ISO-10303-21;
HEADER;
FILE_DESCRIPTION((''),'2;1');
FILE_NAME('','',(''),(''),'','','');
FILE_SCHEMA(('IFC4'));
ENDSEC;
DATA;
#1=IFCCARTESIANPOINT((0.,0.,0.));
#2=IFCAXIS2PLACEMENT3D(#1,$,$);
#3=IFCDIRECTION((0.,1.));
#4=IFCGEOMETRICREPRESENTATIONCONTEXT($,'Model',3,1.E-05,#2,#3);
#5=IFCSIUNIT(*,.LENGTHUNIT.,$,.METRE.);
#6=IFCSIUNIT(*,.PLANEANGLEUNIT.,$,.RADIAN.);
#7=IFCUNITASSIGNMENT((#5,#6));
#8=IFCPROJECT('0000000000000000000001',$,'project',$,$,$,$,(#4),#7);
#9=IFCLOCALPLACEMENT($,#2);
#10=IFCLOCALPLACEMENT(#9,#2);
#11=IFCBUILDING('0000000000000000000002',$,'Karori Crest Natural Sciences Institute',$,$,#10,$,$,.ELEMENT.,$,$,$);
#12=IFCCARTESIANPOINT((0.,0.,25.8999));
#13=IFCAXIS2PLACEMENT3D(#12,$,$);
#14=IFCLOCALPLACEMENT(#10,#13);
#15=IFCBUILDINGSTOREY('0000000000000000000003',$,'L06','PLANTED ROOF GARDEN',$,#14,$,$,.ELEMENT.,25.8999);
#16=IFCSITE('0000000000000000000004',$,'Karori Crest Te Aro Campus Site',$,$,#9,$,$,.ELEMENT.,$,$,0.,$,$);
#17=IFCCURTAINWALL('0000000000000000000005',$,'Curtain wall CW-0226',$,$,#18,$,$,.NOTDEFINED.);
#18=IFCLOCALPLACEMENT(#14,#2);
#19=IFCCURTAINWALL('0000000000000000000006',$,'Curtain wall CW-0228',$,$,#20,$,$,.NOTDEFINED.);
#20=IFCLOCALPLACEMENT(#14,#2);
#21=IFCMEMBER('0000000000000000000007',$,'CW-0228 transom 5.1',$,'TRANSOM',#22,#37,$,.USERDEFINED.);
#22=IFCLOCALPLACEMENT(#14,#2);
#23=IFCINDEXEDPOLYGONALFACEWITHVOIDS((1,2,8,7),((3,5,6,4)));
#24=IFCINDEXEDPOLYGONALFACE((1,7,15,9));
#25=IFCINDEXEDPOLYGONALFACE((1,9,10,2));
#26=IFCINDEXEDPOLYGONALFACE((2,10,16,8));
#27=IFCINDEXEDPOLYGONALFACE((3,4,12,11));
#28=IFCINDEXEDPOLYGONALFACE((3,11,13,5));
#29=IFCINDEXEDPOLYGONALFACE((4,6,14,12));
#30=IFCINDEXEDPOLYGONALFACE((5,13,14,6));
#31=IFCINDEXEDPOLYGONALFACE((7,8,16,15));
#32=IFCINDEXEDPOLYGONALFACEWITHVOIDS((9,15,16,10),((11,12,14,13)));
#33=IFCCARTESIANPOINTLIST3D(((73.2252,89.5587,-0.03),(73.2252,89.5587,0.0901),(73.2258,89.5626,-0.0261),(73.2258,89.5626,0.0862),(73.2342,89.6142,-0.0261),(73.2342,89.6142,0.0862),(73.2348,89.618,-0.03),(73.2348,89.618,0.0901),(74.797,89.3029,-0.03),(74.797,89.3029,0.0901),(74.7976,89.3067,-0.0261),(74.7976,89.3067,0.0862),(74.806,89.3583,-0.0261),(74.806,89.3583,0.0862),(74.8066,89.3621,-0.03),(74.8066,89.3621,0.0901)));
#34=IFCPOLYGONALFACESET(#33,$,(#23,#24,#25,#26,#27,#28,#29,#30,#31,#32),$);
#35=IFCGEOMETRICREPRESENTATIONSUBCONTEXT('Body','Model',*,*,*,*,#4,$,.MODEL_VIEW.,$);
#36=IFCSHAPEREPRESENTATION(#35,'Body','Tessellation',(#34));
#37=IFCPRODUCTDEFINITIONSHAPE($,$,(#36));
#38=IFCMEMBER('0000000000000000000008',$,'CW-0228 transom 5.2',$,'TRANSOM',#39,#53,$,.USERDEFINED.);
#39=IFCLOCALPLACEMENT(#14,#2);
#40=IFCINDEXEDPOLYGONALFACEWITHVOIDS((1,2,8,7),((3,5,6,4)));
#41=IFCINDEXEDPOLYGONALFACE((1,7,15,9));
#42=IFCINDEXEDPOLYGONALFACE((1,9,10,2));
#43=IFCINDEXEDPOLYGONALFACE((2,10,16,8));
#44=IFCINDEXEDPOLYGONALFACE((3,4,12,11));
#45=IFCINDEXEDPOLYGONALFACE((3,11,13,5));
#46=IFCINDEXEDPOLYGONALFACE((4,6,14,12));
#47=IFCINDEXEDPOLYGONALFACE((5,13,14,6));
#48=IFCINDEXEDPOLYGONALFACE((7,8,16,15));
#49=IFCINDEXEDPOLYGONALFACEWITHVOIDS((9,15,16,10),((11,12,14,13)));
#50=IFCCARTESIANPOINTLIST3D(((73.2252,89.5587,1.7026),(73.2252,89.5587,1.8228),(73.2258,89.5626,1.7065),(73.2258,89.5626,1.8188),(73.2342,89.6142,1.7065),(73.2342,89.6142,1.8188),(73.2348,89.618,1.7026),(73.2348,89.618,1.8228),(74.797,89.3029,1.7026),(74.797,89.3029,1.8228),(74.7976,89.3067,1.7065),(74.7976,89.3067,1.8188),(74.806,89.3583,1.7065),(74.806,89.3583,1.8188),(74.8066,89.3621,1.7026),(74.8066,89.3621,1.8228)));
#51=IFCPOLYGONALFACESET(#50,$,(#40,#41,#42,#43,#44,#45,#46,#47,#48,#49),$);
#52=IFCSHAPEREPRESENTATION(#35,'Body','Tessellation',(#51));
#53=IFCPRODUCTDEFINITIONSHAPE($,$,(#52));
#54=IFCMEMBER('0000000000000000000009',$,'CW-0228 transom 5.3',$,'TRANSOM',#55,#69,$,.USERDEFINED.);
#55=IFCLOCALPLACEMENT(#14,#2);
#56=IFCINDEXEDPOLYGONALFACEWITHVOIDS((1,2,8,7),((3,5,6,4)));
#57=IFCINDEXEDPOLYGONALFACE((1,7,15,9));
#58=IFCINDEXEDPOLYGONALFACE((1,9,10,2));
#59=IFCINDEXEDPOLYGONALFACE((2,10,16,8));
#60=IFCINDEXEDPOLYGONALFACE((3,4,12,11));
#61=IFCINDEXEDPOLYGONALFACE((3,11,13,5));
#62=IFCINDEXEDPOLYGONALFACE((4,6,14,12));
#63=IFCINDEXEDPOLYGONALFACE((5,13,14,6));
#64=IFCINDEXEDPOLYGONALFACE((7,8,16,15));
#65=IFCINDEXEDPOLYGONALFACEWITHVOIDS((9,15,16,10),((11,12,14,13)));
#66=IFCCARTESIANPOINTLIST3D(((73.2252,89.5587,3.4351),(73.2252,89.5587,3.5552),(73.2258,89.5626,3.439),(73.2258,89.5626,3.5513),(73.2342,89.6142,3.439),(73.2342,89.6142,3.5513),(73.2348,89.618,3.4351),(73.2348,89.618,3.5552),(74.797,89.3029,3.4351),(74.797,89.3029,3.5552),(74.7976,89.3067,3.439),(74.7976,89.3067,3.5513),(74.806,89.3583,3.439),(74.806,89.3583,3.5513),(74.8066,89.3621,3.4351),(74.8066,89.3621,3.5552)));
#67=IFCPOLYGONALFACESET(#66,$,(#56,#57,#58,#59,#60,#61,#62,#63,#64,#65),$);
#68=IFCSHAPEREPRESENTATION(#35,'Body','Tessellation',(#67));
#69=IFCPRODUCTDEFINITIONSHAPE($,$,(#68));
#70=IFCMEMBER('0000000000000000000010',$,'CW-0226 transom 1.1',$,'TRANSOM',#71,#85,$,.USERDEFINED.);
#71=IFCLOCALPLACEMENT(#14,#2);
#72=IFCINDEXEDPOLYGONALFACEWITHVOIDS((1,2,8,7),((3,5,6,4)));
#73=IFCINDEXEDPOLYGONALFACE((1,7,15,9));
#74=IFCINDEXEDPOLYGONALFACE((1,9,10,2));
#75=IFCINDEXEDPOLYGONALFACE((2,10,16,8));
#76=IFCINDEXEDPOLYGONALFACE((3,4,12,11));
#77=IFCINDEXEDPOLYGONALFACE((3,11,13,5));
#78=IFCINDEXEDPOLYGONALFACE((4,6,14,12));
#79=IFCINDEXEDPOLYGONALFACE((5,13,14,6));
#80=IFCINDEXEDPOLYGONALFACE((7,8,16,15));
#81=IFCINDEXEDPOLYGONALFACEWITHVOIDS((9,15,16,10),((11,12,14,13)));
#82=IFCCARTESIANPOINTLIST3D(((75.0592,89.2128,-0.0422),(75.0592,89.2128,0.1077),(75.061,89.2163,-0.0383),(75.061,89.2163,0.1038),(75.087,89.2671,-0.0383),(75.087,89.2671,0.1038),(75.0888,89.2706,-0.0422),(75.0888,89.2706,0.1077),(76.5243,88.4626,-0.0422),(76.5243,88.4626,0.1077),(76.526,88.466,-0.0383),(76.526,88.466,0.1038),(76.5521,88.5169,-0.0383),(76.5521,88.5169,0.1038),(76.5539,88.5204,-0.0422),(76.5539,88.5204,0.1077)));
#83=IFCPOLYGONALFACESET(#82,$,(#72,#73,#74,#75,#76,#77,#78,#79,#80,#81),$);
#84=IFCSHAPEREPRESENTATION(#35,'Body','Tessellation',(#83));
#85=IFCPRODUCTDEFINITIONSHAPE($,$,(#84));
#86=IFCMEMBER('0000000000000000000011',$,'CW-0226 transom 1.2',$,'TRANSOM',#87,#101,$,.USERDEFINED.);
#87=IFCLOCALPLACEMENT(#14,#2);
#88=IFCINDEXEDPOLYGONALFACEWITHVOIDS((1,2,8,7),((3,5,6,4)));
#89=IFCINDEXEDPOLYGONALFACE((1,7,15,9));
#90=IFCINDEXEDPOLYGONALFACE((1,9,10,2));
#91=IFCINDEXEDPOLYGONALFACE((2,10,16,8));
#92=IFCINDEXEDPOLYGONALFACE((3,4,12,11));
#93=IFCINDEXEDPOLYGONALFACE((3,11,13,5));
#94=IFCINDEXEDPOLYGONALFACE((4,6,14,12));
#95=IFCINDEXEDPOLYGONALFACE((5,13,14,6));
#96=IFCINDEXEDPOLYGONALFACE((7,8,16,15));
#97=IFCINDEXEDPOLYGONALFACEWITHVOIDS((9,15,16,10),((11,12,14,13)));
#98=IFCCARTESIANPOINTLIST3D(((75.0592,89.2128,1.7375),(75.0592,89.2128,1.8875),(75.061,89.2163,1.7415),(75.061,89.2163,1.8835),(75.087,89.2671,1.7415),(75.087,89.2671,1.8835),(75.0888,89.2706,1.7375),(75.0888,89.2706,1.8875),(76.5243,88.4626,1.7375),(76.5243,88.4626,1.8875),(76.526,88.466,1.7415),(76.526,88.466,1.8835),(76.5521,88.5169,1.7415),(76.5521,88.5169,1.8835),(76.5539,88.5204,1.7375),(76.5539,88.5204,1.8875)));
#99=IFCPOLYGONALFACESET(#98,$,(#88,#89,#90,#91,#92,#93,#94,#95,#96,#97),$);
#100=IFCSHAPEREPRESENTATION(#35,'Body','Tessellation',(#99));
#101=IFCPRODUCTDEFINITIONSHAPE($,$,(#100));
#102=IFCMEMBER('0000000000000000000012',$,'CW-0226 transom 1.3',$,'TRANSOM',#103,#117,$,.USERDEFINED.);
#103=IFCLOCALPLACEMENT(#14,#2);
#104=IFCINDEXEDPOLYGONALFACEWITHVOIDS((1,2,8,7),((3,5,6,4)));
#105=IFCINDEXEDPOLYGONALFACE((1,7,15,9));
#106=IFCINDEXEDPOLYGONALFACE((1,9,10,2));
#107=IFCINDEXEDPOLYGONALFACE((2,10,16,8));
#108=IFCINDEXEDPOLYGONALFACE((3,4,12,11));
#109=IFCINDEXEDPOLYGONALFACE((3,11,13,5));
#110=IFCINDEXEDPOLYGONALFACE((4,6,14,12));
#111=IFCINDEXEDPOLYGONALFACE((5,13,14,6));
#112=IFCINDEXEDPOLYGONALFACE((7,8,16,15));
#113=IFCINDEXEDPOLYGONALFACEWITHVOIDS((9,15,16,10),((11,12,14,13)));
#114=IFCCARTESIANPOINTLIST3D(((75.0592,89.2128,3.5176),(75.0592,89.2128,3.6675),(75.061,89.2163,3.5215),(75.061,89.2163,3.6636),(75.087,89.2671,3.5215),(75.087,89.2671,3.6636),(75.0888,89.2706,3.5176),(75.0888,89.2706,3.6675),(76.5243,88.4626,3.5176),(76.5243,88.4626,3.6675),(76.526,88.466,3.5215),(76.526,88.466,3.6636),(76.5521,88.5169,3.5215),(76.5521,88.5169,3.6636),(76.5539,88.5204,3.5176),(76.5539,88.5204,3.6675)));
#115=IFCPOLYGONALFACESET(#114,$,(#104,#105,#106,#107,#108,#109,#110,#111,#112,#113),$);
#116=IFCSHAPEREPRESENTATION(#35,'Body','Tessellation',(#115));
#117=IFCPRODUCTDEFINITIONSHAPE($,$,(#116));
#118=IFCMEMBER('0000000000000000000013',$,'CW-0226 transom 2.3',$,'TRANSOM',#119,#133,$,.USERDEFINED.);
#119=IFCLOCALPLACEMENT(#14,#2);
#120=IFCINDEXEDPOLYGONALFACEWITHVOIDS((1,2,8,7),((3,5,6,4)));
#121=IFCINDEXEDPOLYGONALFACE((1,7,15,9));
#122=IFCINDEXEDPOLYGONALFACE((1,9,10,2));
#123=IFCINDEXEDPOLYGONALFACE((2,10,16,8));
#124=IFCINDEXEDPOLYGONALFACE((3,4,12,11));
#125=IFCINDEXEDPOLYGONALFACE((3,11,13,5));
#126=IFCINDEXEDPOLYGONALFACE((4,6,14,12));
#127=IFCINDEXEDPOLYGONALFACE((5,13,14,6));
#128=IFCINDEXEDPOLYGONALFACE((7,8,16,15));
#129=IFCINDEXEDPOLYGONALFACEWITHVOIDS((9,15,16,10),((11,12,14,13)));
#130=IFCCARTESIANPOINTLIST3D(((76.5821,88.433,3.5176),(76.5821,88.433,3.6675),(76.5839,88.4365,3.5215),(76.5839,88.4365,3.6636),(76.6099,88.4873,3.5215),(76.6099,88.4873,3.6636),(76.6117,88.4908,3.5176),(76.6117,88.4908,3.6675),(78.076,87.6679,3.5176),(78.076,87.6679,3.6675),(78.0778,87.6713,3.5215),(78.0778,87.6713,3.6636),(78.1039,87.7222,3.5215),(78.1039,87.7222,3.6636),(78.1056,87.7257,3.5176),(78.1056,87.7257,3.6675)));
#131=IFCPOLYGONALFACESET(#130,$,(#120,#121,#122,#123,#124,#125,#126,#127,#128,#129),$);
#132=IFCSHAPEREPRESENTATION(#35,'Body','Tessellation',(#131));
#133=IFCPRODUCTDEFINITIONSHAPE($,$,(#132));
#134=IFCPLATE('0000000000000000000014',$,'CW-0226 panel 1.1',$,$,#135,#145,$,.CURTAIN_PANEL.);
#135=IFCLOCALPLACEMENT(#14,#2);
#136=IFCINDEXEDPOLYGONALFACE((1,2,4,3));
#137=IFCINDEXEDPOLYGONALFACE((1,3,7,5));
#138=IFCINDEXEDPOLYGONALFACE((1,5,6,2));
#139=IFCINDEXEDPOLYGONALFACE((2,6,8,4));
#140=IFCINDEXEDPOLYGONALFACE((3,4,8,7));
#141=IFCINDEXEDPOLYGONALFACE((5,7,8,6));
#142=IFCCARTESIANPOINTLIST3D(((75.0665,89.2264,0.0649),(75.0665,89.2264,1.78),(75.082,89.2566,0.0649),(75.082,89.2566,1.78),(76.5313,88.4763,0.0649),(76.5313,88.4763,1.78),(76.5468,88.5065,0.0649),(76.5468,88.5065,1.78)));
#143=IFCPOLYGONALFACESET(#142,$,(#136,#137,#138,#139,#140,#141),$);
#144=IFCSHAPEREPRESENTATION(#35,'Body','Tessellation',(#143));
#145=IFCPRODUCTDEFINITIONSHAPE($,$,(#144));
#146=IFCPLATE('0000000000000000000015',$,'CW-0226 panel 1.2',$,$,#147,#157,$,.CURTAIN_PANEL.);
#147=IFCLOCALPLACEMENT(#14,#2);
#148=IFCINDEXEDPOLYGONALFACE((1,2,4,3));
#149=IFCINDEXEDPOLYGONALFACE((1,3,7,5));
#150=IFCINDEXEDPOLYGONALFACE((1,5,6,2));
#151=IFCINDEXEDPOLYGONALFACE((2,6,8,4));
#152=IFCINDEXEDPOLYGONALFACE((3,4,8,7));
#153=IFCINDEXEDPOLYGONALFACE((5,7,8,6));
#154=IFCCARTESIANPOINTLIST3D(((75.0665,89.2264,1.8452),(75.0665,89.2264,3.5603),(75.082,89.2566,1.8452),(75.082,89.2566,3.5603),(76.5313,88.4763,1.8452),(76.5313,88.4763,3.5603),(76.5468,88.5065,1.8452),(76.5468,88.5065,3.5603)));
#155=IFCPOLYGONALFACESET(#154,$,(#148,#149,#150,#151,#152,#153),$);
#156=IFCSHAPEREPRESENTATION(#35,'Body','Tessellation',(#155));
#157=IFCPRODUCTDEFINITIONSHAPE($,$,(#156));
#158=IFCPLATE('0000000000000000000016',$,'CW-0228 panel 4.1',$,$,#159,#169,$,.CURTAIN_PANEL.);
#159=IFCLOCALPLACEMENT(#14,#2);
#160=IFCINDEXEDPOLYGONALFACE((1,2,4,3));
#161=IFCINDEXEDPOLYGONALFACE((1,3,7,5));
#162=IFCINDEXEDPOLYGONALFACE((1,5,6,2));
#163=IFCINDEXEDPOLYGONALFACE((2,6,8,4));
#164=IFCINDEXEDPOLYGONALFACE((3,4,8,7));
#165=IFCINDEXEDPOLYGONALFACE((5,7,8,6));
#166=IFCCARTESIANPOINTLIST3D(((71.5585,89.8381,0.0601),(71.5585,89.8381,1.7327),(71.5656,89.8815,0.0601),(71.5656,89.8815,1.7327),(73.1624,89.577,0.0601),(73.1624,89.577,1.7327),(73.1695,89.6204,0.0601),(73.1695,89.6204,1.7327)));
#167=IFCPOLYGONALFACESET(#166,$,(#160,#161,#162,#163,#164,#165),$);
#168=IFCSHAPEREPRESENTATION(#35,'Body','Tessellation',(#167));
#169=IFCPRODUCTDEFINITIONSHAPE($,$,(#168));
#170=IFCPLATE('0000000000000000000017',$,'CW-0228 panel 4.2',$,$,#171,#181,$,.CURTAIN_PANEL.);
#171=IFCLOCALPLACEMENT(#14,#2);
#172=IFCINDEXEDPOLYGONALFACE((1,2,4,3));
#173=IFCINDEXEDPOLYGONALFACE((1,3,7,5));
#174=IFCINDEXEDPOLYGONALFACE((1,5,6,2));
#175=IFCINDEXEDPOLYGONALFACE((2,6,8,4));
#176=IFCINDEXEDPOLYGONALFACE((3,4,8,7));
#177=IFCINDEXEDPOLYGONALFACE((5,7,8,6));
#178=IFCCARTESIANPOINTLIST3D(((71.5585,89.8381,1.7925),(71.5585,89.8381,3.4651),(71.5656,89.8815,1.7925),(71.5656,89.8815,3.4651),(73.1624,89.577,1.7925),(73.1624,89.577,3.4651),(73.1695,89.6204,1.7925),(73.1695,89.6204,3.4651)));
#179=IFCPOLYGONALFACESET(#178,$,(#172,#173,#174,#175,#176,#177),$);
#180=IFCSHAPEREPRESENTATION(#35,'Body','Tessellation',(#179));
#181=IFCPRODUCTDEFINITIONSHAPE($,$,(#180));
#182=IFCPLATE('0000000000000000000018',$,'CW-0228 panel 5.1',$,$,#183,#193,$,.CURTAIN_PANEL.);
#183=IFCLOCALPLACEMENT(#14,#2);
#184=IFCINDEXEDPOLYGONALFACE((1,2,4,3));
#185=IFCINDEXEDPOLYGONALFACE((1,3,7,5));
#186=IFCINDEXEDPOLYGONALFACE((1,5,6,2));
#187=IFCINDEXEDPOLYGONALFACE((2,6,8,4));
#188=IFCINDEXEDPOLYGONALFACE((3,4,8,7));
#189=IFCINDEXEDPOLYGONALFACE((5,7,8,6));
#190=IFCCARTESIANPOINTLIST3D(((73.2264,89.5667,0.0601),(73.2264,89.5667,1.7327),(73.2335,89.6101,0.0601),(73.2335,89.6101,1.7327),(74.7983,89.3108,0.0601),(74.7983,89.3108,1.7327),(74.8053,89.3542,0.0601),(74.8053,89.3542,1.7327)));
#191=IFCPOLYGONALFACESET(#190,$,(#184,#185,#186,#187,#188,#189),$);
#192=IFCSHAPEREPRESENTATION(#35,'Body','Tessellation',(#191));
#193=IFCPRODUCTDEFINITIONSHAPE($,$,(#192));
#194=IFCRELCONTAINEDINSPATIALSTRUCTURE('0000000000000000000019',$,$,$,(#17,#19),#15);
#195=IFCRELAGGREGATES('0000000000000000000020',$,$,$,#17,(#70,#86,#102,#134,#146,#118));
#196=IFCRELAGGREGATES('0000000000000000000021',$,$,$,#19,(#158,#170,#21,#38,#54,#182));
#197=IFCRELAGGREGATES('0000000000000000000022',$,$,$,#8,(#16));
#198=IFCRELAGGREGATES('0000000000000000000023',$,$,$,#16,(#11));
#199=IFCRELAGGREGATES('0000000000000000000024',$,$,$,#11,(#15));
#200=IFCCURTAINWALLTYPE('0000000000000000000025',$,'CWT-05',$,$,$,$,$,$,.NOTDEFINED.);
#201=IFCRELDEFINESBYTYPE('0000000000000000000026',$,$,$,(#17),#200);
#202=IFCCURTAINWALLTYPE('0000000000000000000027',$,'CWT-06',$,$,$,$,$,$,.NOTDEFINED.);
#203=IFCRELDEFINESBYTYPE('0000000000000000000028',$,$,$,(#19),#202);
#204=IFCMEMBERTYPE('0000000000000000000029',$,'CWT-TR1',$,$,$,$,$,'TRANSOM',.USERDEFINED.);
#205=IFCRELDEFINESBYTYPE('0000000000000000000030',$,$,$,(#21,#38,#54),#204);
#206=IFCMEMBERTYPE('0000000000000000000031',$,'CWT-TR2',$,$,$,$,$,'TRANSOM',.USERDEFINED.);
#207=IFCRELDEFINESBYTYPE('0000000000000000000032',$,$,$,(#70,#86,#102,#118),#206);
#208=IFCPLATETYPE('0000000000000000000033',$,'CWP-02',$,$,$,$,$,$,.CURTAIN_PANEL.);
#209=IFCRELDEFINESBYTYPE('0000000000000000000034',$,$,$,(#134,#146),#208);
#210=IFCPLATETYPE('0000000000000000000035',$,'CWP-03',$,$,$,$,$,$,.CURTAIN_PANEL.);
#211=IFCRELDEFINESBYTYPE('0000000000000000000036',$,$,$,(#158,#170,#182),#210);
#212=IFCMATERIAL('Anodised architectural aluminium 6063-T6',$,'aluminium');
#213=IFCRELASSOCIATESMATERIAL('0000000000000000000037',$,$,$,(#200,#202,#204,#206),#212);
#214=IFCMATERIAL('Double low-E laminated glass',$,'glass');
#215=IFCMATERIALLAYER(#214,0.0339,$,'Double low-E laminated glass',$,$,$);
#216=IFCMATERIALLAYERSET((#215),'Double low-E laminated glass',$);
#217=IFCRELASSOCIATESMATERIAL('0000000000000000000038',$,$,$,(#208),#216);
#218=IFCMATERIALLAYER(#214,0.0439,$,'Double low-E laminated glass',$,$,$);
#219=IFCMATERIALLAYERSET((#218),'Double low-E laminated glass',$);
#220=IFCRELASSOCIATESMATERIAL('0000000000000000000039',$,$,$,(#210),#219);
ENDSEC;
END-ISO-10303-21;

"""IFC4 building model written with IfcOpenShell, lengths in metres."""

from ifc_helpers import new_model, si_unit, direction, frame, origin, origin_2d, place, context, subcontext, project, spatial, rectangle, hollow_rectangle, extrude, material, layer, layer_set, material_profile, profile_set, type_object, element, aggregate, save


model = new_model("IFC4")

# Units and contexts
model_context = context("Model", 3, precision=1e-05, world=origin(), true_north=direction((0.0, 1.0)))
body_context = subcontext(model_context, "Body", "Model", "MODEL_VIEW")
ifc_project = project(units=[si_unit("LENGTHUNIT", "METRE"), si_unit("PLANEANGLEUNIT", "RADIAN")], contexts=[model_context])

# Site, building, storey
site_placement = place(None, origin())
site = spatial("IfcSite", under=ifc_project, at=site_placement, Name="Karori Crest Te Aro Campus Site", CompositionType="ELEMENT", RefElevation=0.0)
building_placement = place(site_placement, origin())
building = spatial("IfcBuilding", under=site, at=building_placement, Name="Karori Crest Natural Sciences Institute", CompositionType="ELEMENT")
storey_placement = place(building_placement, frame((0.0, 0.0, 25.8999)))
storey = spatial("IfcBuildingStorey", under=building, at=storey_placement, Name="L06", Description="PLANTED ROOF GARDEN", CompositionType="ELEMENT", Elevation=25.8999)

# Curtain walls, members
ifc_material_1 = material(Name="Anodised architectural aluminium 6063-T6", Category="aluminium")
curtain_wall_type_1 = type_object("IfcCurtainWallType", Name="CWT-05", PredefinedType="NOTDEFINED", material=ifc_material_1)
curtain_wall_1_placement = place(storey_placement, origin())
curtain_wall_1 = element("IfcCurtainWall", 1, at=curtain_wall_1_placement, inside=storey, type_object=curtain_wall_type_1, Name="Curtain wall CW-0226", PredefinedType="NOTDEFINED")
curtain_wall_type_2 = type_object("IfcCurtainWallType", Name="CWT-06", PredefinedType="NOTDEFINED", material=ifc_material_1)
curtain_wall_2_placement = place(storey_placement, origin())
curtain_wall_2 = element("IfcCurtainWall", 2, at=curtain_wall_2_placement, inside=storey, type_object=curtain_wall_type_2, Name="Curtain wall CW-0228", PredefinedType="NOTDEFINED")
ifc_material_profile_1 = material_profile(ifc_material_1, hollow_rectangle(XDim=0.0601, YDim=0.1201, WallThickness=0.0039, at=origin_2d()), Name="CWT120x60x4")
ifc_profile_set_1 = profile_set([ifc_material_profile_1], Name="Anodised architectural aluminium 6063-T6")
member_type_1 = type_object("IfcMemberType", Name="CWT-TR1", ElementType="TRANSOM", PredefinedType="USERDEFINED", material=ifc_profile_set_1)
member_1_placement = place(storey_placement, frame((73.23, 89.5884, 0.03), z_axis=(0.987008, -0.160669, 0.0), x_axis=(0.160669, 0.987008, 0.0)))
member_1 = element("IfcMember", 3, at=member_1_placement, type_object=member_type_1, Name="CW-0228 transom 5.1", ObjectType="TRANSOM", PredefinedType="USERDEFINED", context=body_context, shape_type="SweptSolid", body=[
    extrude(hollow_rectangle(XDim=0.0601, YDim=0.1201, WallThickness=0.0039, at=origin_2d()), origin(), (0.0, 0.0, 1.0), 1.5925),
])
member_2_placement = place(storey_placement, frame((73.23, 89.5884, 1.7627), z_axis=(0.987008, -0.160669, 0.0), x_axis=(0.160669, 0.987008, 0.0)))
member_2 = element("IfcMember", 4, at=member_2_placement, type_object=member_type_1, Name="CW-0228 transom 5.2", ObjectType="TRANSOM", PredefinedType="USERDEFINED", context=body_context, shape_type="SweptSolid", body=[
    extrude(hollow_rectangle(XDim=0.0601, YDim=0.1201, WallThickness=0.0039, at=origin_2d()), origin(), (0.0, 0.0, 1.0), 1.5925),
])
member_3_placement = place(storey_placement, frame((73.23, 89.5884, 3.4951), z_axis=(0.987008, -0.160669, 0.0), x_axis=(0.160669, 0.987008, 0.0)))
member_3 = element("IfcMember", 5, at=member_3_placement, type_object=member_type_1, Name="CW-0228 transom 5.3", ObjectType="TRANSOM", PredefinedType="USERDEFINED", context=body_context, shape_type="SweptSolid", body=[
    extrude(hollow_rectangle(XDim=0.0601, YDim=0.1201, WallThickness=0.0039, at=origin_2d()), origin(), (0.0, 0.0, 1.0), 1.5925),
])

# Members
ifc_material_profile_2 = material_profile(ifc_material_1, hollow_rectangle(XDim=0.0649, YDim=0.1499, WallThickness=0.0039, at=origin_2d()), Name="CWT150x65x4")
ifc_profile_set_2 = profile_set([ifc_material_profile_2], Name="Anodised architectural aluminium 6063-T6")
member_type_2 = type_object("IfcMemberType", Name="CWT-TR2", ElementType="TRANSOM", PredefinedType="USERDEFINED", material=ifc_profile_set_2)
member_4_placement = place(storey_placement, frame((75.074, 89.2417, 0.0327), z_axis=(0.890084, -0.455796, 0.0), x_axis=(0.455796, 0.890084, 0.0)))
member_4 = element("IfcMember", 6, at=member_4_placement, type_object=member_type_2, Name="CW-0226 transom 1.1", ObjectType="TRANSOM", PredefinedType="USERDEFINED", context=body_context, shape_type="SweptSolid", body=[
    extrude(hollow_rectangle(XDim=0.0649, YDim=0.1499, WallThickness=0.0039, at=origin_2d()), origin(), (0.0, 0.0, 1.0), 1.646),
])
member_5_placement = place(storey_placement, frame((75.074, 89.2417, 1.8125), z_axis=(0.890084, -0.455796, 0.0), x_axis=(0.455796, 0.890084, 0.0)))
member_5 = element("IfcMember", 7, at=member_5_placement, type_object=member_type_2, Name="CW-0226 transom 1.2", ObjectType="TRANSOM", PredefinedType="USERDEFINED", context=body_context, shape_type="SweptSolid", body=[
    extrude(hollow_rectangle(XDim=0.0649, YDim=0.1499, WallThickness=0.0039, at=origin_2d()), origin(), (0.0, 0.0, 1.0), 1.646),
])
member_6_placement = place(storey_placement, frame((75.074, 89.2417, 3.5925), z_axis=(0.890084, -0.455796, 0.0), x_axis=(0.455796, 0.890084, 0.0)))
member_6 = element("IfcMember", 8, at=member_6_placement, type_object=member_type_2, Name="CW-0226 transom 1.3", ObjectType="TRANSOM", PredefinedType="USERDEFINED", context=body_context, shape_type="SweptSolid", body=[
    extrude(hollow_rectangle(XDim=0.0649, YDim=0.1499, WallThickness=0.0039, at=origin_2d()), origin(), (0.0, 0.0, 1.0), 1.646),
])
member_7_placement = place(storey_placement, frame((76.5969, 88.4619, 3.5925), z_axis=(0.890051, -0.455862, 0.0), x_axis=(0.455862, 0.890051, 0.0)))
member_7 = element("IfcMember", 9, at=member_7_placement, type_object=member_type_2, Name="CW-0226 transom 2.3", ObjectType="TRANSOM", PredefinedType="USERDEFINED", context=body_context, shape_type="SweptSolid", body=[
    extrude(hollow_rectangle(XDim=0.0649, YDim=0.1499, WallThickness=0.0039, at=origin_2d()), origin(), (0.0, 0.0, 1.0), 1.6785),
])

# Plates
ifc_material_2 = material(Name="Double low-E laminated glass", Category="glass")
ifc_layer_1 = layer(ifc_material_2, 0.0339, Name="Double low-E laminated glass")
ifc_layer_set_1 = layer_set([ifc_layer_1], Name="Double low-E laminated glass")
plate_type_1 = type_object("IfcPlateType", Name="CWP-02", PredefinedType="CURTAIN_PANEL", material=ifc_layer_set_1)
plate_1_placement = place(storey_placement, frame((75.8066, 88.8665, 0.0649), z_axis=(0.0, 0.0, 1.0), x_axis=(0.890067, -0.455829, 0.0)))
plate_1 = element("IfcPlate", 10, at=plate_1_placement, type_object=plate_type_1, Name="CW-0226 panel 1.1", PredefinedType="CURTAIN_PANEL", context=body_context, shape_type="SweptSolid", body=[
    extrude(rectangle(XDim=1.6458, YDim=0.0339, at=origin_2d()), origin(), (0.0, 0.0, 1.0), 1.7151),
])
plate_2_placement = place(storey_placement, frame((75.8066, 88.8665, 1.8452), z_axis=(0.0, 0.0, 1.0), x_axis=(0.890067, -0.455829, 0.0)))
plate_2 = element("IfcPlate", 11, at=plate_2_placement, type_object=plate_type_1, Name="CW-0226 panel 1.2", PredefinedType="CURTAIN_PANEL", context=body_context, shape_type="SweptSolid", body=[
    extrude(rectangle(XDim=1.6458, YDim=0.0339, at=origin_2d()), origin(), (0.0, 0.0, 1.0), 1.7151),
])
aggregate(curtain_wall_1, [member_4, member_5, member_6, plate_1, plate_2, member_7])
ifc_layer_2 = layer(ifc_material_2, 0.0439, Name="Double low-E laminated glass")
ifc_layer_set_2 = layer_set([ifc_layer_2], Name="Double low-E laminated glass")
plate_type_2 = type_object("IfcPlateType", Name="CWP-03", PredefinedType="CURTAIN_PANEL", material=ifc_layer_set_2)
plate_3_placement = place(storey_placement, frame((72.364, 89.7292, 0.0601), z_axis=(0.0, 0.0, 1.0), x_axis=(0.987011, -0.160655, 0.0)))
plate_3 = element("IfcPlate", 12, at=plate_3_placement, type_object=plate_type_2, Name="CW-0228 panel 4.1", PredefinedType="CURTAIN_PANEL", context=body_context, shape_type="SweptSolid", body=[
    extrude(rectangle(XDim=1.625, YDim=0.0439, at=origin_2d()), origin(), (0.0, 0.0, 1.0), 1.6726),
])
plate_4_placement = place(storey_placement, frame((72.364, 89.7292, 1.7925), z_axis=(0.0, 0.0, 1.0), x_axis=(0.987011, -0.160655, 0.0)))
plate_4 = element("IfcPlate", 13, at=plate_4_placement, type_object=plate_type_2, Name="CW-0228 panel 4.2", PredefinedType="CURTAIN_PANEL", context=body_context, shape_type="SweptSolid", body=[
    extrude(rectangle(XDim=1.625, YDim=0.0439, at=origin_2d()), origin(), (0.0, 0.0, 1.0), 1.6726),
])
plate_5_placement = place(storey_placement, frame((74.0159, 89.4604, 0.0601), z_axis=(0.0, 0.0, 1.0), x_axis=(0.987011, -0.160655, 0.0)))
plate_5 = element("IfcPlate", 14, at=plate_5_placement, type_object=plate_type_2, Name="CW-0228 panel 5.1", PredefinedType="CURTAIN_PANEL", context=body_context, shape_type="SweptSolid", body=[
    extrude(rectangle(XDim=1.5925, YDim=0.0439, at=origin_2d()), origin(), (0.0, 0.0, 1.0), 1.6726),
])
aggregate(curtain_wall_2, [plate_3, plate_4, member_1, member_2, member_3, plate_5])

save(model, "model.ifc")
